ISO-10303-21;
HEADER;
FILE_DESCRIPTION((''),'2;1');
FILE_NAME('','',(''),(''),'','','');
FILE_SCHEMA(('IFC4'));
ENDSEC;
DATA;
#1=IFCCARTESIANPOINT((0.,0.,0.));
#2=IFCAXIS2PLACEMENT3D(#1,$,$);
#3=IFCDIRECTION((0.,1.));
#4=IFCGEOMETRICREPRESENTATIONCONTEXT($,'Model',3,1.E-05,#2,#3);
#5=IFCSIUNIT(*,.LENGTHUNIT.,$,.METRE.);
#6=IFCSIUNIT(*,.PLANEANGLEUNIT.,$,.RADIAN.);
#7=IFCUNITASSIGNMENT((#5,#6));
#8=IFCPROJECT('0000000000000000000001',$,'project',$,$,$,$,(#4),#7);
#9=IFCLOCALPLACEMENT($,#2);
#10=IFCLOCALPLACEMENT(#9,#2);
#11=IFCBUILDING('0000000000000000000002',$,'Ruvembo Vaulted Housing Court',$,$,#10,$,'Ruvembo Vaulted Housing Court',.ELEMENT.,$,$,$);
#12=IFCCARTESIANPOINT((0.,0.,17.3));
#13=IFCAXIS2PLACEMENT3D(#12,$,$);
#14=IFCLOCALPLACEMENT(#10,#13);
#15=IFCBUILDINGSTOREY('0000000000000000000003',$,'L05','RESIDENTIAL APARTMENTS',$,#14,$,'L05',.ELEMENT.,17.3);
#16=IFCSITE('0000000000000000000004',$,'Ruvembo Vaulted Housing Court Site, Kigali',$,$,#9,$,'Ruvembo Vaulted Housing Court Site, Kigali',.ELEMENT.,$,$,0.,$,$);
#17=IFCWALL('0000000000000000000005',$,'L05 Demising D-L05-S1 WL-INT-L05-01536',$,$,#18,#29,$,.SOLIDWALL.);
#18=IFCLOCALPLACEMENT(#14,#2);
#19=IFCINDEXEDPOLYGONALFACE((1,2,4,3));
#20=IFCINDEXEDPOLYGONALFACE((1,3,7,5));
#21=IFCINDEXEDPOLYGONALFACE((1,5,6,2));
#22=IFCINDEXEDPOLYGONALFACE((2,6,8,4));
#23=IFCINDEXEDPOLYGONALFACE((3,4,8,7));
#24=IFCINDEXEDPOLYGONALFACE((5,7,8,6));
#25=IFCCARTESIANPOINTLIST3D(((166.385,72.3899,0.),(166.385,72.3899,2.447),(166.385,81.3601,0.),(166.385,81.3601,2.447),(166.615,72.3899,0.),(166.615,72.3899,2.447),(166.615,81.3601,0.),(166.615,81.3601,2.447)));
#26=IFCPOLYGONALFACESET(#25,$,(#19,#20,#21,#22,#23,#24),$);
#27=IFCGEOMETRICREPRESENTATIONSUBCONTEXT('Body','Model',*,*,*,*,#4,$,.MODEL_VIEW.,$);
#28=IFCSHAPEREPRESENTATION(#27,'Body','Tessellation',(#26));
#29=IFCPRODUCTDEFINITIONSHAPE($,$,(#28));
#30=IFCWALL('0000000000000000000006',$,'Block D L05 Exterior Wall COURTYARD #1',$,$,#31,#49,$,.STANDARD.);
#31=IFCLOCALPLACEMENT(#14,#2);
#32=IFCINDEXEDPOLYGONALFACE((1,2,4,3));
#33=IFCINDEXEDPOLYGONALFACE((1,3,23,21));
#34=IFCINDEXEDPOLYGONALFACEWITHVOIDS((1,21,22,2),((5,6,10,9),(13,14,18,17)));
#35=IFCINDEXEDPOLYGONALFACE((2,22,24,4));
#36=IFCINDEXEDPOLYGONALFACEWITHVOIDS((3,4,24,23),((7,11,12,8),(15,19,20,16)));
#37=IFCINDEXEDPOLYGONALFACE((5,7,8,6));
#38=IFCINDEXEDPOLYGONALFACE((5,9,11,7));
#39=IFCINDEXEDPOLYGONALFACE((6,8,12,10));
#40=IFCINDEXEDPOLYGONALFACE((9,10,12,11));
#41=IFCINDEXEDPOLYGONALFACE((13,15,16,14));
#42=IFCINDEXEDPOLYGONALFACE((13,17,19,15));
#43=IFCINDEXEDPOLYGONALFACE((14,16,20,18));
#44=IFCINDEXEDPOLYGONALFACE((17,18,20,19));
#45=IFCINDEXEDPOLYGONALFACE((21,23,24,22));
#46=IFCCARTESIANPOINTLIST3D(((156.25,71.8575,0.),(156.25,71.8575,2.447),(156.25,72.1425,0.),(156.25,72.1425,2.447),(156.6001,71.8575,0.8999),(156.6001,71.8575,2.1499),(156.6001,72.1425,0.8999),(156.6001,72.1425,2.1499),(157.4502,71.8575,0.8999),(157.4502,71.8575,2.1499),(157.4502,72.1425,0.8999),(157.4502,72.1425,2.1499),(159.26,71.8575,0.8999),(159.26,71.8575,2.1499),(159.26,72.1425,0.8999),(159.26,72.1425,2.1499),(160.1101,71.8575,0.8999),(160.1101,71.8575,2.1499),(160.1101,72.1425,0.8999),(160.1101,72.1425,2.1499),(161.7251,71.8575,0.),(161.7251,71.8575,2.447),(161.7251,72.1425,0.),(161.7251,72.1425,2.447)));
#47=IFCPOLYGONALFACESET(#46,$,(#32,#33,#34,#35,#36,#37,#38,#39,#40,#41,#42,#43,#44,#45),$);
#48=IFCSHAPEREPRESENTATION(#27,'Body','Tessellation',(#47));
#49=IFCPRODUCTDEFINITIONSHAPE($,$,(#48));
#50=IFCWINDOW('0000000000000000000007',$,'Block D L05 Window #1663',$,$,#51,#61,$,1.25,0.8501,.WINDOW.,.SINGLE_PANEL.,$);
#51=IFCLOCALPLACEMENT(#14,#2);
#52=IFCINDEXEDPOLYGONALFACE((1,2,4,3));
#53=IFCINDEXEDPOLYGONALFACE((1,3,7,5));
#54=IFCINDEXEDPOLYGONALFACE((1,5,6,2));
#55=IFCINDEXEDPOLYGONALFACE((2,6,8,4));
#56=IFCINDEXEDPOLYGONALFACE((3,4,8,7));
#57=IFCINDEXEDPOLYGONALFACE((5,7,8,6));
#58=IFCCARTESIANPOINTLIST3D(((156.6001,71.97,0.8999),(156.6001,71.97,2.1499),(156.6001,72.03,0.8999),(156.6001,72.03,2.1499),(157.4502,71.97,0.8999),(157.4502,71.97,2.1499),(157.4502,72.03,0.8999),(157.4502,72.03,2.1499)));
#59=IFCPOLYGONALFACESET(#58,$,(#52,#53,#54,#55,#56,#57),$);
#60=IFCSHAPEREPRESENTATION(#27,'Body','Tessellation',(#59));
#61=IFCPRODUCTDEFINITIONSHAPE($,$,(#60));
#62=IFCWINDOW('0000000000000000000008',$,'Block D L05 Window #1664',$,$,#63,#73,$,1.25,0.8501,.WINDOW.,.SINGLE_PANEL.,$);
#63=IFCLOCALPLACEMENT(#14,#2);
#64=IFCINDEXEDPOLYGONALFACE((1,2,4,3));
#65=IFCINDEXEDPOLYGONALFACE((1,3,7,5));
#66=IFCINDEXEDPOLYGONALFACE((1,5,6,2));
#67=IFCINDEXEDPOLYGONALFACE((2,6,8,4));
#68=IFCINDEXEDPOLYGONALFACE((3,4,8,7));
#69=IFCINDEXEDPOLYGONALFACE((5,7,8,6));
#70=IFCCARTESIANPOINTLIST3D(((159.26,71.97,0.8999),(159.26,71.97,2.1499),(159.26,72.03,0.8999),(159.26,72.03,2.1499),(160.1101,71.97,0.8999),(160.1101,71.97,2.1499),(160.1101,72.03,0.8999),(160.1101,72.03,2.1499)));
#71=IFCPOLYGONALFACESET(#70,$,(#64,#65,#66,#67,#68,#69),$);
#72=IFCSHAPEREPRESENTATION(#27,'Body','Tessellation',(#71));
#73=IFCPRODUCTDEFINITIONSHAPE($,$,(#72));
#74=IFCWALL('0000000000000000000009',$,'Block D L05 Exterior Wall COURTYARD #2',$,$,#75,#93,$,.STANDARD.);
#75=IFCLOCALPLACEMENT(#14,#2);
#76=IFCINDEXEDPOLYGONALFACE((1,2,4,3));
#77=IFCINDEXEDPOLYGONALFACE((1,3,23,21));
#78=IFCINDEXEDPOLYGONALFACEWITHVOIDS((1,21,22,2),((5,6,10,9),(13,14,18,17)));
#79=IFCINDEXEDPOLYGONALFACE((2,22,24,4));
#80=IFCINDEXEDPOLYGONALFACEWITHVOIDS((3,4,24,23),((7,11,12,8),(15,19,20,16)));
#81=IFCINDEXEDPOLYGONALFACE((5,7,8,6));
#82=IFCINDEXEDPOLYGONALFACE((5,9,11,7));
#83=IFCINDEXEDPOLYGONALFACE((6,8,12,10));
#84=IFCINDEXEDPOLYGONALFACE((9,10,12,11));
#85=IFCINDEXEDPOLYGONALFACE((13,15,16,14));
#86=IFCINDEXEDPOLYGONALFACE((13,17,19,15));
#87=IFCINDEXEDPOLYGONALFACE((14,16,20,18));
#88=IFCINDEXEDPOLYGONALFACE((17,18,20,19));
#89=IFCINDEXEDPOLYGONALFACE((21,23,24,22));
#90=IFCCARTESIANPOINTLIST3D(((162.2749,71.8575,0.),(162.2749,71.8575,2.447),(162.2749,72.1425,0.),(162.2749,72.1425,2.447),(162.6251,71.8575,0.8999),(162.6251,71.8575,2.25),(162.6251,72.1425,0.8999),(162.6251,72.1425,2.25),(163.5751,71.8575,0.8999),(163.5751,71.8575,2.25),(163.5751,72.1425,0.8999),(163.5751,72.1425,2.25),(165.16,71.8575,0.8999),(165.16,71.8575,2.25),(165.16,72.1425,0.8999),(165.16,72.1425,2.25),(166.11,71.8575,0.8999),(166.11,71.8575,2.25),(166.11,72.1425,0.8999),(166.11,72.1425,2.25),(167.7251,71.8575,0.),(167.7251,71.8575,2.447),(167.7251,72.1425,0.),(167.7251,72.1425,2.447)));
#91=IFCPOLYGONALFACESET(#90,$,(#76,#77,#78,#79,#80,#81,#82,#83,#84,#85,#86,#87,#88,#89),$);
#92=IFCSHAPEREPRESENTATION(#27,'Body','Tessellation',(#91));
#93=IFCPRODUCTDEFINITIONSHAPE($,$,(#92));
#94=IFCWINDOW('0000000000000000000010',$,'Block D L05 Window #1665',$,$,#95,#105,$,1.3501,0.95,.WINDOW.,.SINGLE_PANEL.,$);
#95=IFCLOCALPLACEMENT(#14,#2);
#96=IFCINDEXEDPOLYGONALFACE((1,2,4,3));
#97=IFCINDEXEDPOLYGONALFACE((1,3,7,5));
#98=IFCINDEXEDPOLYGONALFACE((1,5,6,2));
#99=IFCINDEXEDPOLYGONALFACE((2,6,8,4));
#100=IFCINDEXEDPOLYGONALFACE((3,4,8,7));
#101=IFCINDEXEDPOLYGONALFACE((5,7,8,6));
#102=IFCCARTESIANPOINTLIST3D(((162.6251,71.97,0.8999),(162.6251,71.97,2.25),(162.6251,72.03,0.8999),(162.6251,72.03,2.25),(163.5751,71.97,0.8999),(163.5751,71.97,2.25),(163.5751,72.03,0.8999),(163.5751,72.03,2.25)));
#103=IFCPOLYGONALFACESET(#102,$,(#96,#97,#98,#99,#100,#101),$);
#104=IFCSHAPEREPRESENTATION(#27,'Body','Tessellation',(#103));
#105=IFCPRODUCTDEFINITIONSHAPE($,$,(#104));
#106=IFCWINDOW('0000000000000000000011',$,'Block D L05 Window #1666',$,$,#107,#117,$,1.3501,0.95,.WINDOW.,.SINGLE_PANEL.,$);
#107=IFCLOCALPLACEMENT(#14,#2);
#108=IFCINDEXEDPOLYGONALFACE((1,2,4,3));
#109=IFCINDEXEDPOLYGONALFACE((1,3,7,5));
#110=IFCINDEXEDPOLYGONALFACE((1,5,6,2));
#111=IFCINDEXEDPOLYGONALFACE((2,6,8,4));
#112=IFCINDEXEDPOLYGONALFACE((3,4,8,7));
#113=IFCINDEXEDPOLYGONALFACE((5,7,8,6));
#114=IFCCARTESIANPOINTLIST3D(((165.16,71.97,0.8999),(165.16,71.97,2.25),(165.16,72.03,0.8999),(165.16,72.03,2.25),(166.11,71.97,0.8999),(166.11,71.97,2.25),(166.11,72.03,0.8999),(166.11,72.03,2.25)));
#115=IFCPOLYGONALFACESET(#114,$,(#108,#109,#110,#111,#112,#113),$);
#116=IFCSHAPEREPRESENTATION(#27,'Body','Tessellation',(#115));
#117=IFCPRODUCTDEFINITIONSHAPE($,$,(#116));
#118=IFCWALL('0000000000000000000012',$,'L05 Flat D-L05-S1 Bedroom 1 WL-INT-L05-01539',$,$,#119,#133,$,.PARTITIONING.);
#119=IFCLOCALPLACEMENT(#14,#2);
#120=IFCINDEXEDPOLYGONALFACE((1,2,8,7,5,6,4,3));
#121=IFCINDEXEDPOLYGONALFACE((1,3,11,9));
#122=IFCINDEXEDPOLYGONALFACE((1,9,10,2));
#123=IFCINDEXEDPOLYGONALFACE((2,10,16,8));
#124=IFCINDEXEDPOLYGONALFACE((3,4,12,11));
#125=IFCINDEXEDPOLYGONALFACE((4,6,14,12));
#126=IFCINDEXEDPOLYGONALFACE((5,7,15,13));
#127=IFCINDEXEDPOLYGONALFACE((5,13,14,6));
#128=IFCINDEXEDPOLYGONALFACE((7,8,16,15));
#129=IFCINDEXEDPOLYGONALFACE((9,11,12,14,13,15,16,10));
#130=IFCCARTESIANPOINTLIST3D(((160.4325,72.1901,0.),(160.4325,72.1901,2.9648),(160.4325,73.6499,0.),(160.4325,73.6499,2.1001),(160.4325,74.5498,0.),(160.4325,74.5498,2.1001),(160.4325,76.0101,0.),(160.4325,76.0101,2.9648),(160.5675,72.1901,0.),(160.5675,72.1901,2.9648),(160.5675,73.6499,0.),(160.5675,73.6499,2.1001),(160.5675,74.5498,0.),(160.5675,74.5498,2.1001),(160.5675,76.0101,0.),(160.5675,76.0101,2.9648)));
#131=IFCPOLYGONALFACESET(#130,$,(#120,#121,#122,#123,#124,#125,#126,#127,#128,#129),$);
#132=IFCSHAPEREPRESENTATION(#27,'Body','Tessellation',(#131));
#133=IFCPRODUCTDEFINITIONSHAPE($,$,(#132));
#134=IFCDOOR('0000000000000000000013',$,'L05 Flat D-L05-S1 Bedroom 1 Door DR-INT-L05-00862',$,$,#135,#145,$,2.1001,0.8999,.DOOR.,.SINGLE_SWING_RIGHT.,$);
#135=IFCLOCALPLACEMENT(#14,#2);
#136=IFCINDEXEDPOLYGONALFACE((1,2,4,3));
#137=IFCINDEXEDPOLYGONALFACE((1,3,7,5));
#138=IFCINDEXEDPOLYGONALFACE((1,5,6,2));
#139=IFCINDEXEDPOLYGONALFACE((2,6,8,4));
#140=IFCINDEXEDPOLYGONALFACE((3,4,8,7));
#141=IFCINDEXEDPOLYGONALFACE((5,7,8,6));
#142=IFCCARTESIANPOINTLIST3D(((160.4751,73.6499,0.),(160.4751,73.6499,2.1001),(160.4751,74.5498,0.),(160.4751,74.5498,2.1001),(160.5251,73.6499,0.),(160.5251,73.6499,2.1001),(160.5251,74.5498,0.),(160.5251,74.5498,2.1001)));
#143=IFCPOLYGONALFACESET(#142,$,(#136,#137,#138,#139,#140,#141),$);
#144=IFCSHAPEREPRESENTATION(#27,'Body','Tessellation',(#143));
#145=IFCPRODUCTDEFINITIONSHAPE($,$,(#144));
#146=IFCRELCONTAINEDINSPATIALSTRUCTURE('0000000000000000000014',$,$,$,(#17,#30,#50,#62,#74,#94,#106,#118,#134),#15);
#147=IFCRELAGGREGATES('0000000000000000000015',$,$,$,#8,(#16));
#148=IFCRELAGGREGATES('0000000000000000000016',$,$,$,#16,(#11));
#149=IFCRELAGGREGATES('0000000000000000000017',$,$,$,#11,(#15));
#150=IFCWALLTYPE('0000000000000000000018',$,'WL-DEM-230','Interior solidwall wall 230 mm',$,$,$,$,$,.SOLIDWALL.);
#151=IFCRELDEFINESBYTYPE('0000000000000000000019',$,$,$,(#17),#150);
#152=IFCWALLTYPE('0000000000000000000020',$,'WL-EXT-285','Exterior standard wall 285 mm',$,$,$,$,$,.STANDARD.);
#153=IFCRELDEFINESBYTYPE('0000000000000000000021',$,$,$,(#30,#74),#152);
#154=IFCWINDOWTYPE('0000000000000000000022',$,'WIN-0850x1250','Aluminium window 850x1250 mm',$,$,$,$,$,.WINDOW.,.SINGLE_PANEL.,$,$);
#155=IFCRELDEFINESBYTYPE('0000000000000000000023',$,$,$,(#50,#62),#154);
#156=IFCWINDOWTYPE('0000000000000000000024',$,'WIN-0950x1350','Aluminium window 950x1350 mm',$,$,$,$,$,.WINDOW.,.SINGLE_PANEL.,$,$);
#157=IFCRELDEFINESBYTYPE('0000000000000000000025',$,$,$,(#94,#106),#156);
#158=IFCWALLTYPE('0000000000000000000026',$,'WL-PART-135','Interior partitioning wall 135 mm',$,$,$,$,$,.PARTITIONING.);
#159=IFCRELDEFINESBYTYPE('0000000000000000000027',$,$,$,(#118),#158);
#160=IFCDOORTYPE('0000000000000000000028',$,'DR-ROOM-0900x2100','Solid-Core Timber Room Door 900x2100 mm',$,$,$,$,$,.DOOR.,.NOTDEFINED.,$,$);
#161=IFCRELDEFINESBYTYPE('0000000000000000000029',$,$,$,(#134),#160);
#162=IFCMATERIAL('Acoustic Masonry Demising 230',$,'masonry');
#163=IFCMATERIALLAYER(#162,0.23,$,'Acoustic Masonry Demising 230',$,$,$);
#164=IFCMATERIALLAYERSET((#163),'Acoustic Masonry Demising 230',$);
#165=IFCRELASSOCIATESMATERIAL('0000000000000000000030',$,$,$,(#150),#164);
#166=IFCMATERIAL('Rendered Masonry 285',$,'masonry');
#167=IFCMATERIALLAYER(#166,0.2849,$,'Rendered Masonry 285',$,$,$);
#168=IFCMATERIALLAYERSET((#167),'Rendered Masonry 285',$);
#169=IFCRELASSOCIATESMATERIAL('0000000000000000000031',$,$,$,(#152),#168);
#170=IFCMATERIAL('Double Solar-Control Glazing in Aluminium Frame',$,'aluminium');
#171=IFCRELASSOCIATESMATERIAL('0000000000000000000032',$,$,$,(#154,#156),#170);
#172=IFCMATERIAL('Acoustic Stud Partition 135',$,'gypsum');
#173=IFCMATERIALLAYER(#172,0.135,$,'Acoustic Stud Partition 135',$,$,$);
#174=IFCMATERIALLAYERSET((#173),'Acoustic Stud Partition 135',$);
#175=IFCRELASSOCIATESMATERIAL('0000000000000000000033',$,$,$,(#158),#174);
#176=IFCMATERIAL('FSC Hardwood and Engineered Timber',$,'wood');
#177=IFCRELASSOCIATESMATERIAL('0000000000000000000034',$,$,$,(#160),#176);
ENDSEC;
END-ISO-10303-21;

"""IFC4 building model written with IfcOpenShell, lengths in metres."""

from ifc_helpers import new_model, si_unit, direction, frame, frame_2d, origin, place, context, subcontext, project, spatial, rectangle, extrude, material, layer, layer_set, type_object, element, fill, save


model = new_model("IFC4")

# Units and contexts
model_context = context("Model", 3, precision=1e-05, world=origin(), true_north=direction((0.0, 1.0)))
body_context = subcontext(model_context, "Body", "Model", "MODEL_VIEW")
ifc_project = project(units=[si_unit("LENGTHUNIT", "METRE"), si_unit("PLANEANGLEUNIT", "RADIAN")], contexts=[model_context])

# Site, building, storey
site_placement = place(None, origin())
site = spatial("IfcSite", under=ifc_project, at=site_placement, Name="Ruvembo Vaulted Housing Court Site, Kigali", LongName="Ruvembo Vaulted Housing Court Site, Kigali", CompositionType="ELEMENT", RefElevation=0.0)
building_placement = place(site_placement, origin())
building = spatial("IfcBuilding", under=site, at=building_placement, Name="Ruvembo Vaulted Housing Court", LongName="Ruvembo Vaulted Housing Court", CompositionType="ELEMENT")
storey_placement = place(building_placement, frame((0.0, 0.0, 17.3)))
storey = spatial("IfcBuildingStorey", under=building, at=storey_placement, Name="L05", Description="RESIDENTIAL APARTMENTS", LongName="L05", CompositionType="ELEMENT", Elevation=17.3)

# Wall
ifc_material_1 = material(Name="Acoustic Masonry Demising 230", Category="masonry")
ifc_layer_1 = layer(ifc_material_1, 0.23, Name="Acoustic Masonry Demising 230")
ifc_layer_set_1 = layer_set([ifc_layer_1], Name="Acoustic Masonry Demising 230")
wall_type_1 = type_object("IfcWallType", Name="WL-DEM-230", Description="Interior solidwall wall 230 mm", PredefinedType="SOLIDWALL", material=ifc_layer_set_1)
wall_1_placement = place(storey_placement, frame((166.5, 72.3899, 0.0), z_axis=(0.0, 0.0, 1.0), x_axis=(0.0, 1.0, 0.0)))
element("IfcWall", 1, at=wall_1_placement, inside=storey, type_object=wall_type_1, Name="L05 Demising D-L05-S1 WL-INT-L05-01536", PredefinedType="SOLIDWALL", context=body_context, shape_type="SweptSolid", body=[
    extrude(rectangle(XDim=8.9702, YDim=0.23, at=frame_2d((4.4851, 0.0))), origin(), (0.0, 0.0, 1.0), 2.447),
])

# Walls, openings, windows
ifc_material_2 = material(Name="Rendered Masonry 285", Category="masonry")
ifc_layer_2 = layer(ifc_material_2, 0.2849, Name="Rendered Masonry 285")
ifc_layer_set_2 = layer_set([ifc_layer_2], Name="Rendered Masonry 285")
wall_type_2 = type_object("IfcWallType", Name="WL-EXT-285", Description="Exterior standard wall 285 mm", PredefinedType="STANDARD", material=ifc_layer_set_2)
wall_2_placement = place(storey_placement, frame((156.25, 72.0, 0.0), z_axis=(0.0, 0.0, 1.0), x_axis=(1.0, 0.0, 0.0)))
wall_2 = element("IfcWall", 2, at=wall_2_placement, inside=storey, type_object=wall_type_2, Name="Block D L05 Exterior Wall COURTYARD #1", PredefinedType="STANDARD", context=body_context, shape_type="SweptSolid", body=[
    extrude(rectangle(XDim=5.4751, YDim=0.2849, at=frame_2d((2.7375, 0.0))), origin(), (0.0, 0.0, 1.0), 2.447),
])
opening_1_placement = place(wall_2_placement, frame((0.3501, 0.0, 0.8999)))
opening_1 = element("IfcOpeningElement", 3, at=opening_1_placement, cuts=wall_2, PredefinedType="OPENING", context=body_context, shape_type="SweptSolid", body=[
    extrude(rectangle(XDim=0.8501, YDim=1.25, at=frame_2d((0.425, 0.625))), frame((0.0, 0.1523, 0.0), z_axis=(0.0, -1.0, 0.0), x_axis=(1.0, 0.0, 0.0)), (0.0, 0.0, 1.0), 0.3049),
])
opening_2_placement = place(wall_2_placement, frame((3.01, 0.0, 0.8999)))
opening_2 = element("IfcOpeningElement", 4, at=opening_2_placement, cuts=wall_2, PredefinedType="OPENING", context=body_context, shape_type="SweptSolid", body=[
    extrude(rectangle(XDim=0.8501, YDim=1.25, at=frame_2d((0.425, 0.625))), frame((0.0, 0.1523, 0.0), z_axis=(0.0, -1.0, 0.0), x_axis=(1.0, 0.0, 0.0)), (0.0, 0.0, 1.0), 0.3049),
])
ifc_material_3 = material(Name="Double Solar-Control Glazing in Aluminium Frame", Category="aluminium")
window_type_1 = type_object("IfcWindowType", Name="WIN-0850x1250", Description="Aluminium window 850x1250 mm", PartitioningType="SINGLE_PANEL", PredefinedType="WINDOW", material=ifc_material_3)
window_1_placement = place(opening_1_placement, origin())
window_1 = element("IfcWindow", 5, at=window_1_placement, inside=storey, type_object=window_type_1, Name="Block D L05 Window #1663", OverallHeight=1.25, OverallWidth=0.8501, PartitioningType="SINGLE_PANEL", PredefinedType="WINDOW", context=body_context, shape_type="SweptSolid", body=[
    extrude(rectangle(XDim=0.8501, YDim=1.25, at=frame_2d((0.425, 0.625))), frame((0.0, 0.03, 0.0), z_axis=(0.0, -1.0, 0.0), x_axis=(1.0, 0.0, 0.0)), (0.0, 0.0, 1.0), 0.0601),
])
fill(opening_1, window_1)
window_2_placement = place(opening_2_placement, origin())
window_2 = element("IfcWindow", 6, at=window_2_placement, inside=storey, type_object=window_type_1, Name="Block D L05 Window #1664", OverallHeight=1.25, OverallWidth=0.8501, PartitioningType="SINGLE_PANEL", PredefinedType="WINDOW", context=body_context, shape_type="SweptSolid", body=[
    extrude(rectangle(XDim=0.8501, YDim=1.25, at=frame_2d((0.425, 0.625))), frame((0.0, 0.03, 0.0), z_axis=(0.0, -1.0, 0.0), x_axis=(1.0, 0.0, 0.0)), (0.0, 0.0, 1.0), 0.0601),
])
fill(opening_2, window_2)
wall_3_placement = place(storey_placement, frame((162.2749, 72.0, 0.0), z_axis=(0.0, 0.0, 1.0), x_axis=(1.0, 0.0, 0.0)))
wall_3 = element("IfcWall", 7, at=wall_3_placement, inside=storey, type_object=wall_type_2, Name="Block D L05 Exterior Wall COURTYARD #2", PredefinedType="STANDARD", context=body_context, shape_type="SweptSolid", body=[
    extrude(rectangle(XDim=5.4502, YDim=0.2849, at=frame_2d((2.7251, 0.0))), origin(), (0.0, 0.0, 1.0), 2.447),
])
opening_3_placement = place(wall_3_placement, frame((0.3501, 0.0, 0.8999)))
opening_3 = element("IfcOpeningElement", 8, at=opening_3_placement, cuts=wall_3, PredefinedType="OPENING", context=body_context, shape_type="SweptSolid", body=[
    extrude(rectangle(XDim=0.95, YDim=1.3501, at=frame_2d((0.4751, 0.675))), frame((0.0, 0.1523, 0.0), z_axis=(0.0, -1.0, 0.0), x_axis=(1.0, 0.0, 0.0)), (0.0, 0.0, 1.0), 0.3049),
])
opening_4_placement = place(wall_3_placement, frame((2.885, 0.0, 0.8999)))
opening_4 = element("IfcOpeningElement", 9, at=opening_4_placement, cuts=wall_3, PredefinedType="OPENING", context=body_context, shape_type="SweptSolid", body=[
    extrude(rectangle(XDim=0.95, YDim=1.3501, at=frame_2d((0.4751, 0.675))), frame((0.0, 0.1523, 0.0), z_axis=(0.0, -1.0, 0.0), x_axis=(1.0, 0.0, 0.0)), (0.0, 0.0, 1.0), 0.3049),
])
window_type_2 = type_object("IfcWindowType", Name="WIN-0950x1350", Description="Aluminium window 950x1350 mm", PartitioningType="SINGLE_PANEL", PredefinedType="WINDOW", material=ifc_material_3)
window_3_placement = place(opening_3_placement, origin())
window_3 = element("IfcWindow", 10, at=window_3_placement, inside=storey, type_object=window_type_2, Name="Block D L05 Window #1665", OverallHeight=1.3501, OverallWidth=0.95, PartitioningType="SINGLE_PANEL", PredefinedType="WINDOW", context=body_context, shape_type="SweptSolid", body=[
    extrude(rectangle(XDim=0.95, YDim=1.3501, at=frame_2d((0.4751, 0.675))), frame((0.0, 0.03, 0.0), z_axis=(0.0, -1.0, 0.0), x_axis=(1.0, 0.0, 0.0)), (0.0, 0.0, 1.0), 0.0601),
])
fill(opening_3, window_3)
window_4_placement = place(opening_4_placement, origin())
window_4 = element("IfcWindow", 11, at=window_4_placement, inside=storey, type_object=window_type_2, Name="Block D L05 Window #1666", OverallHeight=1.3501, OverallWidth=0.95, PartitioningType="SINGLE_PANEL", PredefinedType="WINDOW", context=body_context, shape_type="SweptSolid", body=[
    extrude(rectangle(XDim=0.95, YDim=1.3501, at=frame_2d((0.4751, 0.675))), frame((0.0, 0.03, 0.0), z_axis=(0.0, -1.0, 0.0), x_axis=(1.0, 0.0, 0.0)), (0.0, 0.0, 1.0), 0.0601),
])
fill(opening_4, window_4)

# Wall, opening, door
ifc_material_4 = material(Name="Acoustic Stud Partition 135", Category="gypsum")
ifc_layer_3 = layer(ifc_material_4, 0.135, Name="Acoustic Stud Partition 135")
ifc_layer_set_3 = layer_set([ifc_layer_3], Name="Acoustic Stud Partition 135")
wall_type_3 = type_object("IfcWallType", Name="WL-PART-135", Description="Interior partitioning wall 135 mm", PredefinedType="PARTITIONING", material=ifc_layer_set_3)
wall_4_placement = place(storey_placement, frame((160.5, 72.1899, 0.0), z_axis=(0.0, 0.0, 1.0), x_axis=(0.0, 1.0, 0.0)))
wall_4 = element("IfcWall", 12, at=wall_4_placement, inside=storey, type_object=wall_type_3, Name="L05 Flat D-L05-S1 Bedroom 1 WL-INT-L05-01539", PredefinedType="PARTITIONING", context=body_context, shape_type="SweptSolid", body=[
    extrude(rectangle(XDim=3.8201, YDim=0.135, at=frame_2d((1.9102, 0.0))), origin(), (0.0, 0.0, 1.0), 2.9648),
])
opening_5_placement = place(wall_4_placement, frame((1.46, 0.0, 0.0)))
opening_5 = element("IfcOpeningElement", 13, at=opening_5_placement, cuts=wall_4, PredefinedType="OPENING", context=body_context, shape_type="SweptSolid", body=[
    extrude(rectangle(XDim=0.8999, YDim=2.1001, at=frame_2d((0.45, 1.05))), frame((0.0, 0.0774, 0.0), z_axis=(0.0, -1.0, 0.0), x_axis=(1.0, 0.0, 0.0)), (0.0, 0.0, 1.0), 0.155),
])
ifc_material_5 = material(Name="FSC Hardwood and Engineered Timber", Category="wood")
door_type_1 = type_object("IfcDoorType", Name="DR-ROOM-0900x2100", Description="Solid-Core Timber Room Door 900x2100 mm", OperationType="NOTDEFINED", PredefinedType="DOOR", material=ifc_material_5)
door_1_placement = place(opening_5_placement, origin())
door_1 = element("IfcDoor", 14, at=door_1_placement, inside=storey, type_object=door_type_1, Name="L05 Flat D-L05-S1 Bedroom 1 Door DR-INT-L05-00862", OperationType="SINGLE_SWING_RIGHT", OverallHeight=2.1001, OverallWidth=0.8999, PredefinedType="DOOR", context=body_context, shape_type="SweptSolid", body=[
    extrude(rectangle(XDim=0.8999, YDim=2.1001, at=frame_2d((0.45, 1.05))), frame((0.0, 0.0249, 0.0), z_axis=(0.0, -1.0, 0.0), x_axis=(1.0, 0.0, 0.0)), (0.0, 0.0, 1.0), 0.05),
])
fill(opening_5, door_1)

save(model, "model.ifc")
